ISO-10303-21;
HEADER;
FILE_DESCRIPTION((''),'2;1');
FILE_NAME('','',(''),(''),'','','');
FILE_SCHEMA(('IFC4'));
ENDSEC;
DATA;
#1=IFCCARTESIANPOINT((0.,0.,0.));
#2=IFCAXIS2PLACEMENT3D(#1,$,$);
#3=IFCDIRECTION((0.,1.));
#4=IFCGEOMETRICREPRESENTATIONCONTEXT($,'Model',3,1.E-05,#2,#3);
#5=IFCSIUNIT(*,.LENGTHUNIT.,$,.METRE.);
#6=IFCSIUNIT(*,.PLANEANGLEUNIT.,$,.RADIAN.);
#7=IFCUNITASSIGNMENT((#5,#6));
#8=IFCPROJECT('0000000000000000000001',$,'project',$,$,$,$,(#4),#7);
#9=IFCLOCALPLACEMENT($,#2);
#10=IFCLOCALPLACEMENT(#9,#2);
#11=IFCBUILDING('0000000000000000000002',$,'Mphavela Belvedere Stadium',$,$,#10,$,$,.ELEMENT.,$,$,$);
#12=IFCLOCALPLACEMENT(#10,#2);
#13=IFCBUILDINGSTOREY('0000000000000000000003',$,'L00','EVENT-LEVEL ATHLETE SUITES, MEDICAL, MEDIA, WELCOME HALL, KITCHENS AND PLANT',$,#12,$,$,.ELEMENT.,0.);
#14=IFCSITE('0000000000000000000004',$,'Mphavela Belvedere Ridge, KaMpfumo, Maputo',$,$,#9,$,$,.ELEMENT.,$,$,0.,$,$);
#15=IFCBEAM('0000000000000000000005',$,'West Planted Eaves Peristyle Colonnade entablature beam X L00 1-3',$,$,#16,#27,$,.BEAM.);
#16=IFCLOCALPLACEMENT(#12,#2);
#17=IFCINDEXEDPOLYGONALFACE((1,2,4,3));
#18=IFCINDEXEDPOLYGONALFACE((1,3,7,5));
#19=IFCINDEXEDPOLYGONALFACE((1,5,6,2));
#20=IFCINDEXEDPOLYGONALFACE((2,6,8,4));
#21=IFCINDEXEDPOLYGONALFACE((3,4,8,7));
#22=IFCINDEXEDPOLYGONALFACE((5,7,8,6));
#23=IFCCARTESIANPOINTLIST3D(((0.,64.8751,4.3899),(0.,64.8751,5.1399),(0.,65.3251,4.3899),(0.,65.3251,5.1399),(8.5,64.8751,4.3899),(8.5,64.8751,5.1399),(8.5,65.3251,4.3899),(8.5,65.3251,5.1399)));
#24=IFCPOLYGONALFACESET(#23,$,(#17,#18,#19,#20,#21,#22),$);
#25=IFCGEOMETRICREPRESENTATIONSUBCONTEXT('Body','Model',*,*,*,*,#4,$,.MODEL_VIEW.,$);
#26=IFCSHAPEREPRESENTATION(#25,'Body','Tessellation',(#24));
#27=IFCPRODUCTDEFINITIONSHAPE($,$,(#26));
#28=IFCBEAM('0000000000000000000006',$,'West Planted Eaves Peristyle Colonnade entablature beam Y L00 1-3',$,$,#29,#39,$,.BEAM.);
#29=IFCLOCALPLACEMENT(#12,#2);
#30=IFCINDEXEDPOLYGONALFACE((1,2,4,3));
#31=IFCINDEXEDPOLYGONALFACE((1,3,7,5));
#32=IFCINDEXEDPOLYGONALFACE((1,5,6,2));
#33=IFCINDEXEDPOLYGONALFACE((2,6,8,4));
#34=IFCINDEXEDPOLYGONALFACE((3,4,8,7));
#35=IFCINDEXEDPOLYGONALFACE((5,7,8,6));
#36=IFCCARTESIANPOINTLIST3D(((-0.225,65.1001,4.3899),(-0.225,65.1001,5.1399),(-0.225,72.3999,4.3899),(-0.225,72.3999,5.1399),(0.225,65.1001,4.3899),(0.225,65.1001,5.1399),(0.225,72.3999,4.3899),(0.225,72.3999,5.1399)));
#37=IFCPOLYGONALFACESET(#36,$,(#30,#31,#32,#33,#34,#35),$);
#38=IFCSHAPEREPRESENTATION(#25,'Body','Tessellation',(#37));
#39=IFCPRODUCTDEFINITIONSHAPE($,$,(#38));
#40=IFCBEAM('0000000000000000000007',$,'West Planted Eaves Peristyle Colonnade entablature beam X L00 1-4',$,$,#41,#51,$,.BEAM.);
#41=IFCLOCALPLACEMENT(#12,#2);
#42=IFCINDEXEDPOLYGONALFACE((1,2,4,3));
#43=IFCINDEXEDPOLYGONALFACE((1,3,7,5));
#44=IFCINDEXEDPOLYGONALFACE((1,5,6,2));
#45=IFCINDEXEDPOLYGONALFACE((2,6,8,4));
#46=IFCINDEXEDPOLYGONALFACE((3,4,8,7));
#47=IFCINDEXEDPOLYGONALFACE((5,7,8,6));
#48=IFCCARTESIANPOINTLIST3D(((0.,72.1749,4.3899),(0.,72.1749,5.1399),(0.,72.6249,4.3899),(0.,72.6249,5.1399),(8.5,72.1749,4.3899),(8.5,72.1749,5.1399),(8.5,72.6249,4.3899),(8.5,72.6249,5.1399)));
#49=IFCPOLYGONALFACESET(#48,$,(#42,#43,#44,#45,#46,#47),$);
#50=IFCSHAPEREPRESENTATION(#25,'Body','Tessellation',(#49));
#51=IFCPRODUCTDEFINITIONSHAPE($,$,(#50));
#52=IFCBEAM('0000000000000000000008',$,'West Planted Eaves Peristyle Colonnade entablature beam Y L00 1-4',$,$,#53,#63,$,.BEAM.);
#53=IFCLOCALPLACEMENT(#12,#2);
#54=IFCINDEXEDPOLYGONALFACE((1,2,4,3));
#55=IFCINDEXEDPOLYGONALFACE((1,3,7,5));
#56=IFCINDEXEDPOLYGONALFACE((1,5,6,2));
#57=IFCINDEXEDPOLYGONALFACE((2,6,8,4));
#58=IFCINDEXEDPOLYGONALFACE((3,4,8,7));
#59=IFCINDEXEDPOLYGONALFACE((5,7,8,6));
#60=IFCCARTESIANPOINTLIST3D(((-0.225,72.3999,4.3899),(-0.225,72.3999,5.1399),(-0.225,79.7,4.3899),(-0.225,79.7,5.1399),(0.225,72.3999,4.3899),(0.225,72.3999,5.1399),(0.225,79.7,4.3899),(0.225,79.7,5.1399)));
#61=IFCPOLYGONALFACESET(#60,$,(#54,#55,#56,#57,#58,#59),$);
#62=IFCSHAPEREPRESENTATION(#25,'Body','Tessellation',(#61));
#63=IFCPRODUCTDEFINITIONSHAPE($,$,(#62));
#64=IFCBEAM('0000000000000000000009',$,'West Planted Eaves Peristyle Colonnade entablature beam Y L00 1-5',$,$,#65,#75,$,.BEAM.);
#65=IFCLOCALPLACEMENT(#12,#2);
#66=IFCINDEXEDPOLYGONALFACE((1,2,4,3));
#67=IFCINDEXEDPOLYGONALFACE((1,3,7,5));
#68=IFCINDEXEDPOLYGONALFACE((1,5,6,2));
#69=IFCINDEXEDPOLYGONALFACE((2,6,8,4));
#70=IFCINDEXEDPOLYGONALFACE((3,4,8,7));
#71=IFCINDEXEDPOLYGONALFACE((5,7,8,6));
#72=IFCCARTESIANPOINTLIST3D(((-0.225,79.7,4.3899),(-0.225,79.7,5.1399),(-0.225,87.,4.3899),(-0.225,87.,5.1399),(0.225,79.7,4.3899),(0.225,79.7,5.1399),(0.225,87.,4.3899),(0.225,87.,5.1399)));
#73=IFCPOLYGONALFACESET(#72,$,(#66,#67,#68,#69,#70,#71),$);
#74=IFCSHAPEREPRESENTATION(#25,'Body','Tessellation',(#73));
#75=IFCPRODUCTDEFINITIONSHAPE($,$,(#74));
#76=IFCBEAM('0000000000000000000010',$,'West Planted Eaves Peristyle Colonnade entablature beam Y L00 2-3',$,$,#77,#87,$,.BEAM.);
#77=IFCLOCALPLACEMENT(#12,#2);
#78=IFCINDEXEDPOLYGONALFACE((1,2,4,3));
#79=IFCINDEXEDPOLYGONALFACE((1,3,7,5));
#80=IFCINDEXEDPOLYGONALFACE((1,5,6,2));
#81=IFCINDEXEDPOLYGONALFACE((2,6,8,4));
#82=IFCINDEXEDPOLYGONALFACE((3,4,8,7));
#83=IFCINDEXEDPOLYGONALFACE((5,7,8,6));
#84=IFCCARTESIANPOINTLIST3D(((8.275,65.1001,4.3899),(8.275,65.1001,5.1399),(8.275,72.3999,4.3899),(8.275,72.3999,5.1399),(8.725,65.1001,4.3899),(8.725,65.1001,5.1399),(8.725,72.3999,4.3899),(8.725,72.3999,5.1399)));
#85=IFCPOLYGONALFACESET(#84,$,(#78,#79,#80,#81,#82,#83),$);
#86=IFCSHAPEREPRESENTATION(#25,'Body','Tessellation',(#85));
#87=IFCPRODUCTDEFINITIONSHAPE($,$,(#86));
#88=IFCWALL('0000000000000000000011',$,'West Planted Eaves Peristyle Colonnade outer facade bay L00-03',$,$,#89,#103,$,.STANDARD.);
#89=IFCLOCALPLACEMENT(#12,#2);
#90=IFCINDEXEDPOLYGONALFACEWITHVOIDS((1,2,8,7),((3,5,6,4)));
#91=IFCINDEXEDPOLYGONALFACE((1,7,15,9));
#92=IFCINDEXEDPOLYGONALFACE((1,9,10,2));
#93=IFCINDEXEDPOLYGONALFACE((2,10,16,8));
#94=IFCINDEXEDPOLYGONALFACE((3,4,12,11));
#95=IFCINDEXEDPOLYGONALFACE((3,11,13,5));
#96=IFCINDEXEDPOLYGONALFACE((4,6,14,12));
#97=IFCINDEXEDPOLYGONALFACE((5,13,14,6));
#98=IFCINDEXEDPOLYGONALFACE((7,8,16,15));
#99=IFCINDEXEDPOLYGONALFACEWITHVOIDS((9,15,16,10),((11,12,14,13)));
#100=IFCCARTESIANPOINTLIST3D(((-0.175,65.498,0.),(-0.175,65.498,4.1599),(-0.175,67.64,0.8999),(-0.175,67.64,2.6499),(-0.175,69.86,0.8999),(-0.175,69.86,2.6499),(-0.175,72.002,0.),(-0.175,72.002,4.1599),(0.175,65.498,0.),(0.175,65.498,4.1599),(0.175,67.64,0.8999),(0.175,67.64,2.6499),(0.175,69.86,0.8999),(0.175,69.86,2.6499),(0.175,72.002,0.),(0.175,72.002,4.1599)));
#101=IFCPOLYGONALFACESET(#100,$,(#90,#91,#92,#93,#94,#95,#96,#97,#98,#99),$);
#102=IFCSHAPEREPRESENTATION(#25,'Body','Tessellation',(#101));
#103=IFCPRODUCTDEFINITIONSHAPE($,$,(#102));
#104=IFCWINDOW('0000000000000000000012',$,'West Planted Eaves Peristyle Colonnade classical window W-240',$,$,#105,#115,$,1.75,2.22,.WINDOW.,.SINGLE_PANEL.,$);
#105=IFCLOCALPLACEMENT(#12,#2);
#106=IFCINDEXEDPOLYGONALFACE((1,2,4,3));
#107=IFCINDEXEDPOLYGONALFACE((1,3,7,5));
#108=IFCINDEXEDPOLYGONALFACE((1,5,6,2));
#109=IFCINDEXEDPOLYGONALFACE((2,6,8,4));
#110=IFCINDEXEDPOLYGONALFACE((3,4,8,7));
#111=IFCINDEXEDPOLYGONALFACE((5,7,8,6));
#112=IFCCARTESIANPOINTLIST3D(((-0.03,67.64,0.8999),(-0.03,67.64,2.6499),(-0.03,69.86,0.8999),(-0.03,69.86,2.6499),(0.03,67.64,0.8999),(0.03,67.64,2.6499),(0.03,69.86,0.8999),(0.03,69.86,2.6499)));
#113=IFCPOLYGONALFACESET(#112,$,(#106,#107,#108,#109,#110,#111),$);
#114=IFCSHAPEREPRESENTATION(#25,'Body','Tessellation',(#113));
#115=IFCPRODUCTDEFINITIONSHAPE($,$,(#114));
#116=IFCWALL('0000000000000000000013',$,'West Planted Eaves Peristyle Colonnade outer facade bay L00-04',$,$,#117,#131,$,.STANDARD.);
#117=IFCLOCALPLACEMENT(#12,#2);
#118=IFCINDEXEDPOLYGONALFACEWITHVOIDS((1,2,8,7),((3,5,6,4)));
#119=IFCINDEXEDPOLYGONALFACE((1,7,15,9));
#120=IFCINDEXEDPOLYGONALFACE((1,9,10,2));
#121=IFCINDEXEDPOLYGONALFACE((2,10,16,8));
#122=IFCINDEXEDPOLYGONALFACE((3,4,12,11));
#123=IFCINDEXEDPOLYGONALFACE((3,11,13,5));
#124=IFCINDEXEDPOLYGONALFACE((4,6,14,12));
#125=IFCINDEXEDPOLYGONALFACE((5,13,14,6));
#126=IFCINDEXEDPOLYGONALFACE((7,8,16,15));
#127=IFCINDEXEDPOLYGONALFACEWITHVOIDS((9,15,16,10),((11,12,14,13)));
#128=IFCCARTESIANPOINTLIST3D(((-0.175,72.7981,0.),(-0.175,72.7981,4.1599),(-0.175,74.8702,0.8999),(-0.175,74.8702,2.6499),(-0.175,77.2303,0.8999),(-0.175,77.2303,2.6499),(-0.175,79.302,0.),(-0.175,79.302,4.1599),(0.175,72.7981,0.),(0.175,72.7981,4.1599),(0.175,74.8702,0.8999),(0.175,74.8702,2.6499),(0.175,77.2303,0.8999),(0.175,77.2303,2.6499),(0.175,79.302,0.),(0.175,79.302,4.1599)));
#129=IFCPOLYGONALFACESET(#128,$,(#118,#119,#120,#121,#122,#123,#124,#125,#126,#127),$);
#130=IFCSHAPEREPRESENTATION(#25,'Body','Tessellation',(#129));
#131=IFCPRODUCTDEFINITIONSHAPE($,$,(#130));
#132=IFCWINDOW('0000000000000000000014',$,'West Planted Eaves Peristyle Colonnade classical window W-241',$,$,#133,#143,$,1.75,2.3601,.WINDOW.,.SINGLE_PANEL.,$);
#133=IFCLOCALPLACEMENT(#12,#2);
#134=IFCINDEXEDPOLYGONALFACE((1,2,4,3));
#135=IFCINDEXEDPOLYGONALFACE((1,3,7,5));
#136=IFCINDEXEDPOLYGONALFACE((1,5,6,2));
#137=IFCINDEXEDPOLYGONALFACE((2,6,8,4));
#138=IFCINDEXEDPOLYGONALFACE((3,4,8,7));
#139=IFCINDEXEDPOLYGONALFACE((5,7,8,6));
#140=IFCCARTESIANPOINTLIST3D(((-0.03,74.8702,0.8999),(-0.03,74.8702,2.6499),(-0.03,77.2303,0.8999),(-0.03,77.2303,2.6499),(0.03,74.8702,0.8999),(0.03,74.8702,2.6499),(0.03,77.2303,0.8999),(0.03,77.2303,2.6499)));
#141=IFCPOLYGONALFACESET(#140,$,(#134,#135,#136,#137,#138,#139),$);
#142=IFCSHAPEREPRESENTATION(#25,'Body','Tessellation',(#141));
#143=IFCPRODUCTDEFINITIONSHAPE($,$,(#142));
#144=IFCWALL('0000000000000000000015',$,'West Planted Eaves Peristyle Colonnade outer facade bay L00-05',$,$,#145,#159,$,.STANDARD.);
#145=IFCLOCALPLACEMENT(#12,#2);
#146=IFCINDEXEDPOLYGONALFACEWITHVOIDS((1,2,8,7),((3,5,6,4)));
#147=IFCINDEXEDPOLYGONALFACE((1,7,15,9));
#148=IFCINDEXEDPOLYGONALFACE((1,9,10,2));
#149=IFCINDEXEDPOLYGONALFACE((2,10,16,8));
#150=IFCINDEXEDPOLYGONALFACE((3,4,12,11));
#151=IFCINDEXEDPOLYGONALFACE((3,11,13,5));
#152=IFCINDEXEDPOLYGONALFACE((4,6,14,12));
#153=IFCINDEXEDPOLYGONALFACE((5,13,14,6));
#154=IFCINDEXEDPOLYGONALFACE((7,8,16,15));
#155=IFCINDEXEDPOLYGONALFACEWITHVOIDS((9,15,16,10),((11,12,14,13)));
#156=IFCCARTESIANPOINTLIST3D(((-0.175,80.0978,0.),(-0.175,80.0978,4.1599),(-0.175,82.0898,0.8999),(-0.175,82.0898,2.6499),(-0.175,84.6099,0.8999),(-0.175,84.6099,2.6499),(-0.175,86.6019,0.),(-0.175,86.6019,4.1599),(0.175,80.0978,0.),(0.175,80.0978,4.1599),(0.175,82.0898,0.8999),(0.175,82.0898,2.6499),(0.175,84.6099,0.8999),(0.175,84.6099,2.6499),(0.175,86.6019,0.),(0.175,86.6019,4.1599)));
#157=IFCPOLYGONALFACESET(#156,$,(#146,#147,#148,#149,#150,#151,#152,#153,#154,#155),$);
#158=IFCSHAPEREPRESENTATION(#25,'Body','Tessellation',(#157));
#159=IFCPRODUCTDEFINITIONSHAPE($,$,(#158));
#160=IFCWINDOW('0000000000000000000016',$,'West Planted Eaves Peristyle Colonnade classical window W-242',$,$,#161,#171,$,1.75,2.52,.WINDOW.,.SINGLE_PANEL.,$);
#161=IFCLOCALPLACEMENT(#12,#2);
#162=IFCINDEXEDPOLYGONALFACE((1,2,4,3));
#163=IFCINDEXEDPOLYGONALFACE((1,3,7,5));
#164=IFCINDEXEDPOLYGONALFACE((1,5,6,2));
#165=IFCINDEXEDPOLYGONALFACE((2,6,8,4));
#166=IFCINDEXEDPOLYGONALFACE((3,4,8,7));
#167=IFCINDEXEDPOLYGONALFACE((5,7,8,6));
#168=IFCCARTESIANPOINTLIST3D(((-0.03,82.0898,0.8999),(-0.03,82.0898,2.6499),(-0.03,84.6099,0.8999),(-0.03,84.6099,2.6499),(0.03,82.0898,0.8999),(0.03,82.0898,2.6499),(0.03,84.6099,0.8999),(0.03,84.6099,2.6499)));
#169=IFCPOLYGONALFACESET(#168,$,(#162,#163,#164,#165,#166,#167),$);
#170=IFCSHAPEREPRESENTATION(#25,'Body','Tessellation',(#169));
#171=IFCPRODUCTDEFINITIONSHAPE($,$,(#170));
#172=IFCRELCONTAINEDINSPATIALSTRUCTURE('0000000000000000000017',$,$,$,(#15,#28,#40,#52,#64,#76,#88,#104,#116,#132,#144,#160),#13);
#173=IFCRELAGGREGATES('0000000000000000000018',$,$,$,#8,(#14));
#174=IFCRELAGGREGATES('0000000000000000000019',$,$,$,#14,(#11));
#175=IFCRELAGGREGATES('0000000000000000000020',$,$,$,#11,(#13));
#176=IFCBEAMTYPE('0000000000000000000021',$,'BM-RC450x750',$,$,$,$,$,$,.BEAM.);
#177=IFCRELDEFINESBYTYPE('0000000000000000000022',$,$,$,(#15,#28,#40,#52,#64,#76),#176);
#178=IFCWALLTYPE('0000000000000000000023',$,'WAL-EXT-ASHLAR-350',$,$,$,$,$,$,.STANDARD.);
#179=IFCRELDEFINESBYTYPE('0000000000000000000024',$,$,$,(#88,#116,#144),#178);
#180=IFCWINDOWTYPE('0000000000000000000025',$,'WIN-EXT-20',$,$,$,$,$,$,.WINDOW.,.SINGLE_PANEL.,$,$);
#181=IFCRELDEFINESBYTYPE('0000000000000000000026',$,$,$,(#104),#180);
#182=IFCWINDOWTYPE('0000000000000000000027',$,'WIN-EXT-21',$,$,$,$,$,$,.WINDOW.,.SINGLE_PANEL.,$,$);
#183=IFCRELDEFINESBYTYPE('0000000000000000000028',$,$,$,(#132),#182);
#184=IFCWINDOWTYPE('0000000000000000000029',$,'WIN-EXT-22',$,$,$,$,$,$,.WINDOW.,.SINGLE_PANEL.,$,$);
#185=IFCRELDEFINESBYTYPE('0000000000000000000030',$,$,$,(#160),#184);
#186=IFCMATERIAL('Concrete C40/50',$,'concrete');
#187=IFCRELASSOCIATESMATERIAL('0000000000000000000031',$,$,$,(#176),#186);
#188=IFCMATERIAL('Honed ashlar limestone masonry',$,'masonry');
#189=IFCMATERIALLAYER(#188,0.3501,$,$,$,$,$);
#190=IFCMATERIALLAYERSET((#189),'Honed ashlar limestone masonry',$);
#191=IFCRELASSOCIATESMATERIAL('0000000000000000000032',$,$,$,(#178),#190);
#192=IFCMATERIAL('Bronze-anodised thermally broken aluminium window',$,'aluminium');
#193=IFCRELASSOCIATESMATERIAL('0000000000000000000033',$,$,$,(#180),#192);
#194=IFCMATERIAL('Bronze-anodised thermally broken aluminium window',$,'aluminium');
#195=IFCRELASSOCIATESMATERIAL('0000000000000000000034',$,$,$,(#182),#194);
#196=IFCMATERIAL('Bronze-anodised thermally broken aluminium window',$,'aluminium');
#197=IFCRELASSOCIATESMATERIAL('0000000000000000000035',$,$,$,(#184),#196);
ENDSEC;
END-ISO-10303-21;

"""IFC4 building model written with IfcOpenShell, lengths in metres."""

from ifc_helpers import new_model, si_unit, direction, frame, frame_2d, origin, origin_2d, place, context, subcontext, project, spatial, rectangle, extrude, material, layer, layer_set, material_profile, profile_set, type_object, element, fill, save


model = new_model("IFC4")

# Units and contexts
model_context = context("Model", 3, precision=1e-05, world=origin(), true_north=direction((0.0, 1.0)))
body_context = subcontext(model_context, "Body", "Model", "MODEL_VIEW")
ifc_project = project(units=[si_unit("LENGTHUNIT", "METRE"), si_unit("PLANEANGLEUNIT", "RADIAN")], contexts=[model_context])

# Site, building, storey
site_placement = place(None, origin())
site = spatial("IfcSite", under=ifc_project, at=site_placement, Name="Mphavela Belvedere Ridge, KaMpfumo, Maputo", CompositionType="ELEMENT", RefElevation=0.0)
building_placement = place(site_placement, origin())
building = spatial("IfcBuilding", under=site, at=building_placement, Name="Mphavela Belvedere Stadium", CompositionType="ELEMENT")
storey_placement = place(building_placement, origin())
storey = spatial("IfcBuildingStorey", under=building, at=storey_placement, Name="L00", Description="EVENT-LEVEL ATHLETE SUITES, MEDICAL, MEDIA, WELCOME HALL, KITCHENS AND PLANT", CompositionType="ELEMENT", Elevation=0.0)

# Beams
ifc_material_1 = material(Name="Concrete C40/50", Category="concrete")
ifc_material_profile_1 = material_profile(ifc_material_1, rectangle(XDim=0.45, YDim=0.75, at=origin_2d()), Name="RC 450x750")
ifc_profile_set_1 = profile_set([ifc_material_profile_1], Name="Concrete C40/50")
beam_type_1 = type_object("IfcBeamType", Name="BM-RC450x750", PredefinedType="BEAM", material=ifc_profile_set_1)
beam_1_placement = place(storey_placement, frame((0.0, 65.1001, 4.7649), z_axis=(1.0, 0.0, 0.0), x_axis=(0.0, 1.0, 0.0)))
element("IfcBeam", 1, at=beam_1_placement, inside=storey, type_object=beam_type_1, Name="West Planted Eaves Peristyle Colonnade entablature beam X L00 1-3", PredefinedType="BEAM", context=body_context, shape_type="SweptSolid", body=[
    extrude(rectangle(XDim=0.45, YDim=0.75, at=origin_2d()), origin(), (0.0, 0.0, 1.0), 8.5),
])
beam_2_placement = place(storey_placement, frame((0.0, 65.1001, 4.7649), z_axis=(0.0, 1.0, 0.0), x_axis=(-1.0, 0.0, 0.0)))
element("IfcBeam", 2, at=beam_2_placement, inside=storey, type_object=beam_type_1, Name="West Planted Eaves Peristyle Colonnade entablature beam Y L00 1-3", PredefinedType="BEAM", context=body_context, shape_type="SweptSolid", body=[
    extrude(rectangle(XDim=0.45, YDim=0.75, at=origin_2d()), origin(), (0.0, 0.0, 1.0), 7.2998),
])
beam_3_placement = place(storey_placement, frame((0.0, 72.3999, 4.7649), z_axis=(1.0, 0.0, 0.0), x_axis=(0.0, 1.0, 0.0)))
element("IfcBeam", 3, at=beam_3_placement, inside=storey, type_object=beam_type_1, Name="West Planted Eaves Peristyle Colonnade entablature beam X L00 1-4", PredefinedType="BEAM", context=body_context, shape_type="SweptSolid", body=[
    extrude(rectangle(XDim=0.45, YDim=0.75, at=origin_2d()), origin(), (0.0, 0.0, 1.0), 8.5),
])
for number, where, z_axis, x_axis, name in (
    (4, (0.0, 72.3999, 4.7649), (0.0, 1.0, 0.0), (-1.0, 0.0, 0.0), "West Planted Eaves Peristyle Colonnade entablature beam Y L00 1-4"),
    (5, (0.0, 79.7, 4.7649), (0.0, 1.0, 0.0), (-1.0, 0.0, 0.0), "West Planted Eaves Peristyle Colonnade entablature beam Y L00 1-5"),
):
    element("IfcBeam", number, at=place(storey_placement, frame(where, z_axis=z_axis, x_axis=x_axis)), inside=storey, type_object=beam_type_1, Name=name, PredefinedType="BEAM", context=body_context, shape_type="SweptSolid", body=[
        extrude(rectangle(XDim=0.45, YDim=0.75, at=origin_2d()), origin(), (0.0, 0.0, 1.0), 7.3),
    ])
beam_4_placement = place(storey_placement, frame((8.5, 65.1001, 4.7649), z_axis=(0.0, 1.0, 0.0), x_axis=(-1.0, 0.0, 0.0)))
element("IfcBeam", 6, at=beam_4_placement, inside=storey, type_object=beam_type_1, Name="West Planted Eaves Peristyle Colonnade entablature beam Y L00 2-3", PredefinedType="BEAM", context=body_context, shape_type="SweptSolid", body=[
    extrude(rectangle(XDim=0.45, YDim=0.75, at=origin_2d()), origin(), (0.0, 0.0, 1.0), 7.2998),
])

# Walls, openings, windows
ifc_material_2 = material(Name="Honed ashlar limestone masonry", Category="masonry")
ifc_layer_1 = layer(ifc_material_2, 0.3501)
ifc_layer_set_1 = layer_set([ifc_layer_1], Name="Honed ashlar limestone masonry")
wall_type_1 = type_object("IfcWallType", Name="WAL-EXT-ASHLAR-350", PredefinedType="STANDARD", material=ifc_layer_set_1)
wall_1_placement = place(storey_placement, frame((0.0, 65.498, 0.0), z_axis=(0.0, 0.0, 1.0), x_axis=(0.0, 1.0, 0.0)))
wall_1 = element("IfcWall", 7, at=wall_1_placement, inside=storey, type_object=wall_type_1, Name="West Planted Eaves Peristyle Colonnade outer facade bay L00-03", PredefinedType="STANDARD", context=body_context, shape_type="SweptSolid", body=[
    extrude(rectangle(XDim=6.5039, YDim=0.3501, at=frame_2d((3.252, 0.0))), origin(), (0.0, 0.0, 1.0), 4.1599),
])
opening_1_placement = place(wall_1_placement, frame((2.1421, 0.0, 0.8999)))
opening_1 = element("IfcOpeningElement", 8, at=opening_1_placement, cuts=wall_1, PredefinedType="OPENING", context=body_context, shape_type="SweptSolid", body=[
    extrude(rectangle(XDim=2.22, YDim=1.75, at=frame_2d((1.1099, 0.875))), frame((0.0, 0.1851, 0.0), z_axis=(0.0, -1.0, 0.0), x_axis=(1.0, 0.0, 0.0)), (0.0, 0.0, 1.0), 0.3701),
])
ifc_material_3 = material(Name="Bronze-anodised thermally broken aluminium window", Category="aluminium")
window_type_1 = type_object("IfcWindowType", Name="WIN-EXT-20", PartitioningType="SINGLE_PANEL", PredefinedType="WINDOW", material=ifc_material_3)
window_1_placement = place(opening_1_placement, origin())
window_1 = element("IfcWindow", 9, at=window_1_placement, inside=storey, type_object=window_type_1, Name="West Planted Eaves Peristyle Colonnade classical window W-240", OverallHeight=1.75, OverallWidth=2.22, PartitioningType="SINGLE_PANEL", PredefinedType="WINDOW", context=body_context, shape_type="SweptSolid", body=[
    extrude(rectangle(XDim=2.22, YDim=1.75, at=frame_2d((1.1099, 0.875))), frame((0.0, 0.03, 0.0), z_axis=(0.0, -1.0, 0.0), x_axis=(1.0, 0.0, 0.0)), (0.0, 0.0, 1.0), 0.0601),
])
fill(opening_1, window_1)
wall_2_placement = place(storey_placement, frame((0.0, 72.7981, 0.0), z_axis=(0.0, 0.0, 1.0), x_axis=(0.0, 1.0, 0.0)))
wall_2 = element("IfcWall", 10, at=wall_2_placement, inside=storey, type_object=wall_type_1, Name="West Planted Eaves Peristyle Colonnade outer facade bay L00-04", PredefinedType="STANDARD", context=body_context, shape_type="SweptSolid", body=[
    extrude(rectangle(XDim=6.5039, YDim=0.3501, at=frame_2d((3.252, 0.0))), origin(), (0.0, 0.0, 1.0), 4.1599),
])
opening_2_placement = place(wall_2_placement, frame((2.072, 0.0, 0.8999)))
opening_2 = element("IfcOpeningElement", 11, at=opening_2_placement, cuts=wall_2, PredefinedType="OPENING", context=body_context, shape_type="SweptSolid", body=[
    extrude(rectangle(XDim=2.3601, YDim=1.75, at=frame_2d((1.1802, 0.875))), frame((0.0, 0.1851, 0.0), z_axis=(0.0, -1.0, 0.0), x_axis=(1.0, 0.0, 0.0)), (0.0, 0.0, 1.0), 0.3701),
])
ifc_material_4 = material(Name="Bronze-anodised thermally broken aluminium window", Category="aluminium")
window_type_2 = type_object("IfcWindowType", Name="WIN-EXT-21", PartitioningType="SINGLE_PANEL", PredefinedType="WINDOW", material=ifc_material_4)
window_2_placement = place(opening_2_placement, origin())
window_2 = element("IfcWindow", 12, at=window_2_placement, inside=storey, type_object=window_type_2, Name="West Planted Eaves Peristyle Colonnade classical window W-241", OverallHeight=1.75, OverallWidth=2.3601, PartitioningType="SINGLE_PANEL", PredefinedType="WINDOW", context=body_context, shape_type="SweptSolid", body=[
    extrude(rectangle(XDim=2.3601, YDim=1.75, at=frame_2d((1.1802, 0.875))), frame((0.0, 0.03, 0.0), z_axis=(0.0, -1.0, 0.0), x_axis=(1.0, 0.0, 0.0)), (0.0, 0.0, 1.0), 0.0601),
])
fill(opening_2, window_2)
wall_3_placement = place(storey_placement, frame((0.0, 80.0979, 0.0), z_axis=(0.0, 0.0, 1.0), x_axis=(0.0, 1.0, 0.0)))
wall_3 = element("IfcWall", 13, at=wall_3_placement, inside=storey, type_object=wall_type_1, Name="West Planted Eaves Peristyle Colonnade outer facade bay L00-05", PredefinedType="STANDARD", context=body_context, shape_type="SweptSolid", body=[
    extrude(rectangle(XDim=6.5042, YDim=0.3501, at=frame_2d((3.252, 0.0))), origin(), (0.0, 0.0, 1.0), 4.1599),
])
opening_3_placement = place(wall_3_placement, frame((1.9919, 0.0, 0.8999)))
opening_3 = element("IfcOpeningElement", 14, at=opening_3_placement, cuts=wall_3, PredefinedType="OPENING", context=body_context, shape_type="SweptSolid", body=[
    extrude(rectangle(XDim=2.52, YDim=1.75, at=frame_2d((1.26, 0.875))), frame((0.0, 0.1851, 0.0), z_axis=(0.0, -1.0, 0.0), x_axis=(1.0, 0.0, 0.0)), (0.0, 0.0, 1.0), 0.3701),
])
ifc_material_5 = material(Name="Bronze-anodised thermally broken aluminium window", Category="aluminium")
window_type_3 = type_object("IfcWindowType", Name="WIN-EXT-22", PartitioningType="SINGLE_PANEL", PredefinedType="WINDOW", material=ifc_material_5)
window_3_placement = place(opening_3_placement, origin())
window_3 = element("IfcWindow", 15, at=window_3_placement, inside=storey, type_object=window_type_3, Name="West Planted Eaves Peristyle Colonnade classical window W-242", OverallHeight=1.75, OverallWidth=2.52, PartitioningType="SINGLE_PANEL", PredefinedType="WINDOW", context=body_context, shape_type="SweptSolid", body=[
    extrude(rectangle(XDim=2.52, YDim=1.75, at=frame_2d((1.26, 0.875))), frame((0.0, 0.03, 0.0), z_axis=(0.0, -1.0, 0.0), x_axis=(1.0, 0.0, 0.0)), (0.0, 0.0, 1.0), 0.0601),
])
fill(opening_3, window_3)

save(model, "model.ifc")
